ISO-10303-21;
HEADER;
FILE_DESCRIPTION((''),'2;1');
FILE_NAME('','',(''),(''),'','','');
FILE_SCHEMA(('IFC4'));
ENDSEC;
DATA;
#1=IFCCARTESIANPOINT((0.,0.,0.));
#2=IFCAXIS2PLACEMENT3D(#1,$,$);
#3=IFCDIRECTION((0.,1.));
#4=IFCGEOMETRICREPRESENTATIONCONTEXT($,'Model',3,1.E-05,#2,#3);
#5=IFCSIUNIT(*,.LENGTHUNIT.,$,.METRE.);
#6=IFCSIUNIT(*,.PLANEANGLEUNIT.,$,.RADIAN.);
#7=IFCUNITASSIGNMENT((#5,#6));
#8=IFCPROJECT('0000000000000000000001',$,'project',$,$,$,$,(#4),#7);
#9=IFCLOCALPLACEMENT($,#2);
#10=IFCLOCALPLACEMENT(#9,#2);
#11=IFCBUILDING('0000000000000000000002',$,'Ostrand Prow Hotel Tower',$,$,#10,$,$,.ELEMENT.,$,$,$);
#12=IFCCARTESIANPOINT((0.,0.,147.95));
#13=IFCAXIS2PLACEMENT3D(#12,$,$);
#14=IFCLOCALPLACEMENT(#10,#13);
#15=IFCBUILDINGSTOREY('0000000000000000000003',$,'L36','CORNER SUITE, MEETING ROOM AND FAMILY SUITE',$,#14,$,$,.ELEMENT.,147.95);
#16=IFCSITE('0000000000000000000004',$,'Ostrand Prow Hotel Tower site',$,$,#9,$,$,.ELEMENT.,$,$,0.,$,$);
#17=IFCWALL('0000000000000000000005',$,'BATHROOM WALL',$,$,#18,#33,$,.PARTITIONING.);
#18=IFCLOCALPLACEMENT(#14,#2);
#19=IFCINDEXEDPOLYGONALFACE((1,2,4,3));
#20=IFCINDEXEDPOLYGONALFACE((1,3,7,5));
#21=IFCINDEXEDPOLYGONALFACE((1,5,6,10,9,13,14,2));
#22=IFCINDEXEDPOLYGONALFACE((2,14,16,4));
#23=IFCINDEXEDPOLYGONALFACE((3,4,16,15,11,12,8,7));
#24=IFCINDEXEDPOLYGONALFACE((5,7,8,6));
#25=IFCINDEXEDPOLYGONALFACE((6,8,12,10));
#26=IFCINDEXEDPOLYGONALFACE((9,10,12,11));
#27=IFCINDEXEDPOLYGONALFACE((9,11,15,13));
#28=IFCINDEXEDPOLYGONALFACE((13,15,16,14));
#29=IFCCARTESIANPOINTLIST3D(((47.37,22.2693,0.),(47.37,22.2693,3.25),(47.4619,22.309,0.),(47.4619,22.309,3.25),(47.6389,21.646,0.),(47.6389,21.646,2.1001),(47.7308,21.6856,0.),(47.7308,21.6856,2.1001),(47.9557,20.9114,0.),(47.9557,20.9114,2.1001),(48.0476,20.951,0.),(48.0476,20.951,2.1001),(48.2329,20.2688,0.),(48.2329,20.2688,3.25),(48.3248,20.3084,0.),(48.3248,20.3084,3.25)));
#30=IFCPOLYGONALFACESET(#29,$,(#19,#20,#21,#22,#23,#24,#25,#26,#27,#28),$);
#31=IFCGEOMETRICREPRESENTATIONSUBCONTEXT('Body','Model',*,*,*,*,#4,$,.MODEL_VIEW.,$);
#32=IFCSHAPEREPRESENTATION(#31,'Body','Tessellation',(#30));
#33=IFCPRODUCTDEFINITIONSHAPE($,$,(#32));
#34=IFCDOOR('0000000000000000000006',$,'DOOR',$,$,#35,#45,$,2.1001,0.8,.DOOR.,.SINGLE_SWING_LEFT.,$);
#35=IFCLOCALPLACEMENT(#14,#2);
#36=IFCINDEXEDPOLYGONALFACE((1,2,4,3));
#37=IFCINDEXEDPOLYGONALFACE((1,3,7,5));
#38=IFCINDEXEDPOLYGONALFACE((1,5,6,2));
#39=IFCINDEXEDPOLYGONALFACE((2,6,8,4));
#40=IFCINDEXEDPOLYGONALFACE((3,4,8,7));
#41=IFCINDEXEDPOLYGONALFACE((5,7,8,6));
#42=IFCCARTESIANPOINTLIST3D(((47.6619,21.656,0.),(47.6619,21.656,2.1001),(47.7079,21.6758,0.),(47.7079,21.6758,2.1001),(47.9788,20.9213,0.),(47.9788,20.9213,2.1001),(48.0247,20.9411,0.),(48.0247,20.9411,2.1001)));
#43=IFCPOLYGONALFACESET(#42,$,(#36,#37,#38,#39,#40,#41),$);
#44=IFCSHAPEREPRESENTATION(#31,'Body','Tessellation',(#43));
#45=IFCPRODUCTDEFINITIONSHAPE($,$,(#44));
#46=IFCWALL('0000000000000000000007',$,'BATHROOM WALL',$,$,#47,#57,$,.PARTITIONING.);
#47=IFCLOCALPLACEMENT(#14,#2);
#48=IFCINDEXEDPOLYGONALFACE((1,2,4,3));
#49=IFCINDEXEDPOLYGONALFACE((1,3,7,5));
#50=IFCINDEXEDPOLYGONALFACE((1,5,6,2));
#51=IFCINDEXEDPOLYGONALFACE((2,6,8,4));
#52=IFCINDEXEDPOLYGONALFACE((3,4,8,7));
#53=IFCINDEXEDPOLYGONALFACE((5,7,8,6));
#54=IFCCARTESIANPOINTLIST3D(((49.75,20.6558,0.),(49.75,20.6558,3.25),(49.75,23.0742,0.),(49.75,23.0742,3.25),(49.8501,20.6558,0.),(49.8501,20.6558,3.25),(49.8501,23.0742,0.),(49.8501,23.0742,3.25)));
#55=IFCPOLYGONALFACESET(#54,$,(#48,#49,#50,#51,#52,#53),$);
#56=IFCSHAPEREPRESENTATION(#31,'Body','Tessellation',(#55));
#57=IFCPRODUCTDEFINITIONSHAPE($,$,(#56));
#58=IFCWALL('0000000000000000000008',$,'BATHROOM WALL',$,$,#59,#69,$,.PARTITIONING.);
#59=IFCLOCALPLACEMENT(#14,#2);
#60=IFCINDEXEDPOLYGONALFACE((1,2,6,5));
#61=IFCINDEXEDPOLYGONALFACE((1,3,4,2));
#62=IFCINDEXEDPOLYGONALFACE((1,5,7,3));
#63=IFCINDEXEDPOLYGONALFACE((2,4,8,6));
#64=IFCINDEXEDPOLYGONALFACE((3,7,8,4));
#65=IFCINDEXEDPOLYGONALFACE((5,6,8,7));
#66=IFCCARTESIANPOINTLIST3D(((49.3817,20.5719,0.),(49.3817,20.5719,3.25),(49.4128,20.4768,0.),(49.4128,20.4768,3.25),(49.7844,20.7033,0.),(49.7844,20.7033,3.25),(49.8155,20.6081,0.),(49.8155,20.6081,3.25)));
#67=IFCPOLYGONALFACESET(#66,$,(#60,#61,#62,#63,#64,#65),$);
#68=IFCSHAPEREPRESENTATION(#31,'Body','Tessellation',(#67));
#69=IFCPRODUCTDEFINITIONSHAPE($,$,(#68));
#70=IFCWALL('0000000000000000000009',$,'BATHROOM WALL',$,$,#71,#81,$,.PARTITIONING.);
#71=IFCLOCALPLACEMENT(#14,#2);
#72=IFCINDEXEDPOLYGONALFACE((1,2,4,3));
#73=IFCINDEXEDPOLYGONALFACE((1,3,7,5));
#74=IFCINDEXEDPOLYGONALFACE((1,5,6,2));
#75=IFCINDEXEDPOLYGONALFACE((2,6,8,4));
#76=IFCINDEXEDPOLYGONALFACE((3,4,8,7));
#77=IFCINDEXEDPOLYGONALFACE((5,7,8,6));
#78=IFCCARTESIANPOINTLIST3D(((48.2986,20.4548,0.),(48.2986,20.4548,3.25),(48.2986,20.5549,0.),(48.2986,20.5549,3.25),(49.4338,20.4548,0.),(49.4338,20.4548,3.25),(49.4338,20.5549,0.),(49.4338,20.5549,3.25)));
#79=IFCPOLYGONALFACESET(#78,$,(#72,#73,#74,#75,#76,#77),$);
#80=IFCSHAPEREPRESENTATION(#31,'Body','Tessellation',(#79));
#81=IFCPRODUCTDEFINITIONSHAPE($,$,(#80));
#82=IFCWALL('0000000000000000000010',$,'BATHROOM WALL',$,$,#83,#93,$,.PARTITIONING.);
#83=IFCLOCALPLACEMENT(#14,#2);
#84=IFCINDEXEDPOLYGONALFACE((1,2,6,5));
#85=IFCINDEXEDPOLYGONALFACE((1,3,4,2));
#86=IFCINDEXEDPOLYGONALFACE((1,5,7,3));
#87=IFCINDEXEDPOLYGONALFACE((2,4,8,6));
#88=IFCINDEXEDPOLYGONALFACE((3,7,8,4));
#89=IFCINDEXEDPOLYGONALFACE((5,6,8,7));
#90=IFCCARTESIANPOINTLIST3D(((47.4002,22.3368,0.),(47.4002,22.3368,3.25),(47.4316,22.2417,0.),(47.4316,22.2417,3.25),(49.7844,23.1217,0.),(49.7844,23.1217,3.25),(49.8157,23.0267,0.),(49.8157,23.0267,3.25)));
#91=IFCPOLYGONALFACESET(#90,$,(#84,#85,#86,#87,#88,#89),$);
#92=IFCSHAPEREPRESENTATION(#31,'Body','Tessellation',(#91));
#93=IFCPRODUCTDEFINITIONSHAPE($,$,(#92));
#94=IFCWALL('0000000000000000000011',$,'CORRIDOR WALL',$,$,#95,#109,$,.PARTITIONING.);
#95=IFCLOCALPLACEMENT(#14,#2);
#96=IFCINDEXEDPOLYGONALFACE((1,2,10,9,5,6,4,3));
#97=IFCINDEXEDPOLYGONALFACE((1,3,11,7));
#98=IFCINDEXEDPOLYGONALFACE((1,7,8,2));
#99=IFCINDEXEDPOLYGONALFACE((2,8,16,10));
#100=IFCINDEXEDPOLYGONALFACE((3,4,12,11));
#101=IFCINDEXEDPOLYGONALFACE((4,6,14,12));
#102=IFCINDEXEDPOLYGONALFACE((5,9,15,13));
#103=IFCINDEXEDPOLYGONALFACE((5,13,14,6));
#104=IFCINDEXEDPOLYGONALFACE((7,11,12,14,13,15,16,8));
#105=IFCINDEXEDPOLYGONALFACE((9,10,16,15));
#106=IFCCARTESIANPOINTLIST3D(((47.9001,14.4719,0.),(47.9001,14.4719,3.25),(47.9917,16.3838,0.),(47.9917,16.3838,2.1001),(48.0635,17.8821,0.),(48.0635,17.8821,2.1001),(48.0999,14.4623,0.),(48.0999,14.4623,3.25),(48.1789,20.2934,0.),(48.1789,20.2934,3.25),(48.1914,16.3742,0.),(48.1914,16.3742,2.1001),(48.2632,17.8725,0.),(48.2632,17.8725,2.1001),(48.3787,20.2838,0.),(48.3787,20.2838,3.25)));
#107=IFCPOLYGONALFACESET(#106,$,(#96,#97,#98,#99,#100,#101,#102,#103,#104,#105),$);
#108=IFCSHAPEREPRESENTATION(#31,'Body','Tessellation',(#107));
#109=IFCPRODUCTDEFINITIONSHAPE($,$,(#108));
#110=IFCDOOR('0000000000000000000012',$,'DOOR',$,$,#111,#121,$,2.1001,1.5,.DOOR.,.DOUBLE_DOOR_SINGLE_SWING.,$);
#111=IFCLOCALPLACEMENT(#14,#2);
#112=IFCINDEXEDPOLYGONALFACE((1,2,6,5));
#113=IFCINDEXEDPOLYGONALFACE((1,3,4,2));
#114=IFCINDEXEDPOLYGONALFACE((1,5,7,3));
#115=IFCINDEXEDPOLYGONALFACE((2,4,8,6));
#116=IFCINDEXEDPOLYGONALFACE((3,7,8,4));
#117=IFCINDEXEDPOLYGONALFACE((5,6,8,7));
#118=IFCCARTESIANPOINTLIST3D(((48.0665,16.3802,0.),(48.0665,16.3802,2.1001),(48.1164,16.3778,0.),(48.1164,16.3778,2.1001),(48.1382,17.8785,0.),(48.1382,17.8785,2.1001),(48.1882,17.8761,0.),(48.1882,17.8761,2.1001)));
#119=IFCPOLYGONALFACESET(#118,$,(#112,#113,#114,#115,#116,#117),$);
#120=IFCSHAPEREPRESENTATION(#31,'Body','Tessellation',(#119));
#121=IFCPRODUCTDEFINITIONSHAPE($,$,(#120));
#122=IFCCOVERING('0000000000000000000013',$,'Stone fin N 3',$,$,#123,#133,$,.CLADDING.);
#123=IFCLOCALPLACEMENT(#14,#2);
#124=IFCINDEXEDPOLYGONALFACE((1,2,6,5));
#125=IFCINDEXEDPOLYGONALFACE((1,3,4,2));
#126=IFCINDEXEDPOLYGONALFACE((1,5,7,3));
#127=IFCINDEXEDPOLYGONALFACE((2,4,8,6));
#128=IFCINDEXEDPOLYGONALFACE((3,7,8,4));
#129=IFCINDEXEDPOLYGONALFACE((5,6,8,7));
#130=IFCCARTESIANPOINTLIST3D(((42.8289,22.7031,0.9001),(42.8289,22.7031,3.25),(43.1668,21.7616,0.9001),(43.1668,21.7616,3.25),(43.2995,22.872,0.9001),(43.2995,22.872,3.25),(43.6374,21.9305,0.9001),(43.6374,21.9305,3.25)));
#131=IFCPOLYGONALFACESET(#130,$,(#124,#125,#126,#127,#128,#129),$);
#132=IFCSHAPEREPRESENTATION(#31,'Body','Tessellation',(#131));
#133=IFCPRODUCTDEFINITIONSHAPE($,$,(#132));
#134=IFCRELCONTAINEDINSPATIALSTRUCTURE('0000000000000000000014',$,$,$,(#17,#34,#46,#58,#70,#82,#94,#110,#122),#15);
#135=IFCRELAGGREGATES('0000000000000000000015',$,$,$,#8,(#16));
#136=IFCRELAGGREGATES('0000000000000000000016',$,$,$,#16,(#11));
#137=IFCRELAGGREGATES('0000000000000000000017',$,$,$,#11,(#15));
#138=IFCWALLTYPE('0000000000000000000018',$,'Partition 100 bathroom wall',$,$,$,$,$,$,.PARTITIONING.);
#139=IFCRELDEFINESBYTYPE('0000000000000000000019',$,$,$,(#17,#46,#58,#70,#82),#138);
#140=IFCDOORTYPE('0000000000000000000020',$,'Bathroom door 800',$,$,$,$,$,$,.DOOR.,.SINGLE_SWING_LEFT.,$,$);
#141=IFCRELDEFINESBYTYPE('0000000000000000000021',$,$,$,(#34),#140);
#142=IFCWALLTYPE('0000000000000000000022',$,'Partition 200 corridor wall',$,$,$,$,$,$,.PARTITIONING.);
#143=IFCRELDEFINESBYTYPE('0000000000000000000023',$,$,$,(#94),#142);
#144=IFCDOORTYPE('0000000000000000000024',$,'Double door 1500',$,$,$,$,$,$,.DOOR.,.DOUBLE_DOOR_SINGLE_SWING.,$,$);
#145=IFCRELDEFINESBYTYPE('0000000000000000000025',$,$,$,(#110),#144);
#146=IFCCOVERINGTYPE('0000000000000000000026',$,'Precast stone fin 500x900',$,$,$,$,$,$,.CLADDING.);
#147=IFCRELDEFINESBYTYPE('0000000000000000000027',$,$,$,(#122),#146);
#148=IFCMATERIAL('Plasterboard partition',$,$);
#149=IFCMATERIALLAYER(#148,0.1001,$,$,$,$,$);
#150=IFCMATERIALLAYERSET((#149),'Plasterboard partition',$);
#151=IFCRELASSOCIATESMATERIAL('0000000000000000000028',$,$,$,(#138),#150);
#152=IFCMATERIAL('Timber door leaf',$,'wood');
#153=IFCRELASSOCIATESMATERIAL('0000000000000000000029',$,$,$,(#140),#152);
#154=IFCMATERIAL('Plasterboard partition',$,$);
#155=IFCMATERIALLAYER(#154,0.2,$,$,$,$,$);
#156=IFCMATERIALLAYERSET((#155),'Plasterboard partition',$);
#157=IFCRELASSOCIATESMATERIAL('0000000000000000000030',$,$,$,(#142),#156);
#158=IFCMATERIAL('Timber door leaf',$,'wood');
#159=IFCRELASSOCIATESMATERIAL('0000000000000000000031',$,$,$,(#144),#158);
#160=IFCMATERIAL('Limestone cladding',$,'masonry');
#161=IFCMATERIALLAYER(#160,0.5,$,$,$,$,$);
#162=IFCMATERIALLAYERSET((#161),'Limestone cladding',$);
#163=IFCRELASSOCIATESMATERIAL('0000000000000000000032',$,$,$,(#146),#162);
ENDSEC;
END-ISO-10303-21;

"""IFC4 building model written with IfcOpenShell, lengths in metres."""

from ifc_helpers import new_model, si_unit, direction, frame, frame_2d, origin, place, context, subcontext, project, spatial, rectangle, extrude, material, layer, layer_set, type_object, element, fill, save


model = new_model("IFC4")

# Units and contexts
model_context = context("Model", 3, precision=1e-05, world=origin(), true_north=direction((0.0, 1.0)))
body_context = subcontext(model_context, "Body", "Model", "MODEL_VIEW")
ifc_project = project(units=[si_unit("LENGTHUNIT", "METRE"), si_unit("PLANEANGLEUNIT", "RADIAN")], contexts=[model_context])

# Site, building, storey
site_placement = place(None, origin())
site = spatial("IfcSite", under=ifc_project, at=site_placement, Name="Ostrand Prow Hotel Tower site", CompositionType="ELEMENT", RefElevation=0.0)
building_placement = place(site_placement, origin())
building = spatial("IfcBuilding", under=site, at=building_placement, Name="Ostrand Prow Hotel Tower", CompositionType="ELEMENT")
storey_placement = place(building_placement, frame((0.0, 0.0, 147.95)))
storey = spatial("IfcBuildingStorey", under=building, at=storey_placement, Name="L36", Description="CORNER SUITE, MEETING ROOM AND FAMILY SUITE", CompositionType="ELEMENT", Elevation=147.95)

# Wall, opening, door
ifc_material_1 = material(Name="Plasterboard partition")
ifc_layer_1 = layer(ifc_material_1, 0.1001)
ifc_layer_set_1 = layer_set([ifc_layer_1], Name="Plasterboard partition")
wall_type_1 = type_object("IfcWallType", Name="Partition 100 bathroom wall", PredefinedType="PARTITIONING", material=ifc_layer_set_1)
wall_1_placement = place(storey_placement, frame((48.2788, 20.2886, 0.0), z_axis=(0.0, 0.0, 1.0), x_axis=(-0.396028, 0.918238, 0.0)))
wall_1 = element("IfcWall", 1, at=wall_1_placement, inside=storey, type_object=wall_type_1, Name="BATHROOM WALL", PredefinedType="PARTITIONING", context=body_context, shape_type="SweptSolid", body=[
    extrude(rectangle(XDim=2.1787, YDim=0.1001, at=frame_2d((1.0894, 0.0))), origin(), (0.0, 0.0, 1.0), 3.25),
])
opening_1_placement = place(wall_1_placement, frame((0.7, 0.0, 0.0)))
opening_1 = element("IfcOpeningElement", 2, at=opening_1_placement, cuts=wall_1, PredefinedType="OPENING", context=body_context, shape_type="SweptSolid", body=[
    extrude(rectangle(XDim=0.8, YDim=2.1001, at=frame_2d((0.3999, 1.05))), frame((0.0, 0.0601, 0.0), z_axis=(0.0, -1.0, 0.0), x_axis=(1.0, 0.0, 0.0)), (0.0, 0.0, 1.0), 0.1201),
])
ifc_material_2 = material(Name="Timber door leaf", Category="wood")
door_type_1 = type_object("IfcDoorType", Name="Bathroom door 800", OperationType="SINGLE_SWING_LEFT", PredefinedType="DOOR", material=ifc_material_2)
door_1_placement = place(opening_1_placement, origin())
door_1 = element("IfcDoor", 3, at=door_1_placement, inside=storey, type_object=door_type_1, Name="DOOR", OperationType="SINGLE_SWING_LEFT", OverallHeight=2.1001, OverallWidth=0.8, PredefinedType="DOOR", context=body_context, shape_type="SweptSolid", body=[
    extrude(rectangle(XDim=0.8, YDim=2.1001, at=frame_2d((0.3999, 1.05))), frame((0.0, 0.0249, 0.0), z_axis=(0.0, -1.0, 0.0), x_axis=(1.0, 0.0, 0.0)), (0.0, 0.0, 1.0), 0.05),
])
fill(opening_1, door_1)

# Walls
wall_2_placement = place(storey_placement, frame((49.8, 23.0742, 0.0), z_axis=(0.0, 0.0, 1.0), x_axis=(0.0, -1.0, 0.0)))
element("IfcWall", 4, at=wall_2_placement, inside=storey, type_object=wall_type_1, Name="BATHROOM WALL", PredefinedType="PARTITIONING", context=body_context, shape_type="SweptSolid", body=[
    extrude(rectangle(XDim=2.4185, YDim=0.1001, at=frame_2d((1.2092, 0.0))), origin(), (0.0, 0.0, 1.0), 3.25),
])
wall_3_placement = place(storey_placement, frame((49.8, 20.6558, 0.0), z_axis=(0.0, 0.0, 1.0), x_axis=(-0.950682, -0.310168, 0.0)))
element("IfcWall", 5, at=wall_3_placement, inside=storey, type_object=wall_type_1, Name="BATHROOM WALL", PredefinedType="PARTITIONING", context=body_context, shape_type="SweptSolid", body=[
    extrude(rectangle(XDim=0.4236, YDim=0.1001, at=frame_2d((0.2119, 0.0))), origin(), (0.0, 0.0, 1.0), 3.25),
])
wall_4_placement = place(storey_placement, frame((49.4338, 20.5049, 0.0), z_axis=(0.0, 0.0, 1.0), x_axis=(-1.0, 0.0, 0.0)))
element("IfcWall", 6, at=wall_4_placement, inside=storey, type_object=wall_type_1, Name="BATHROOM WALL", PredefinedType="PARTITIONING", context=body_context, shape_type="SweptSolid", body=[
    extrude(rectangle(XDim=1.1353, YDim=0.1001, at=frame_2d((0.5676, 0.0))), origin(), (0.0, 0.0, 1.0), 3.25),
])
wall_5_placement = place(storey_placement, frame((47.416, 22.2893, 0.0), z_axis=(0.0, 0.0, 1.0), x_axis=(0.949844, 0.312724, 0.0)))
element("IfcWall", 7, at=wall_5_placement, inside=storey, type_object=wall_type_1, Name="BATHROOM WALL", PredefinedType="PARTITIONING", context=body_context, shape_type="SweptSolid", body=[
    extrude(rectangle(XDim=2.51, YDim=0.1001, at=frame_2d((1.2549, 0.0))), origin(), (0.0, 0.0, 1.0), 3.25),
])

# Wall, opening, door
ifc_material_3 = material(Name="Plasterboard partition")
ifc_layer_2 = layer(ifc_material_3, 0.2)
ifc_layer_set_2 = layer_set([ifc_layer_2], Name="Plasterboard partition")
wall_type_2 = type_object("IfcWallType", Name="Partition 200 corridor wall", PredefinedType="PARTITIONING", material=ifc_layer_set_2)
wall_6_placement = place(storey_placement, frame((48.2788, 20.2886, 0.0), z_axis=(0.0, 0.0, 1.0), x_axis=(-0.047838, -0.998855, 0.0)))
wall_6 = element("IfcWall", 8, at=wall_6_placement, inside=storey, type_object=wall_type_2, Name="CORRIDOR WALL", PredefinedType="PARTITIONING", context=body_context, shape_type="SweptSolid", body=[
    extrude(rectangle(XDim=5.8281, YDim=0.2, at=frame_2d((2.9141, 0.0))), origin(), (0.0, 0.0, 1.0), 3.25),
])
opening_2_placement = place(wall_6_placement, frame((2.4141, 0.0, 0.0)))
opening_2 = element("IfcOpeningElement", 9, at=opening_2_placement, cuts=wall_6, PredefinedType="OPENING", context=body_context, shape_type="SweptSolid", body=[
    extrude(rectangle(XDim=1.5, YDim=2.1001, at=frame_2d((0.75, 1.05))), frame((0.0, 0.1099, 0.0), z_axis=(0.0, -1.0, 0.0), x_axis=(1.0, 0.0, 0.0)), (0.0, 0.0, 1.0), 0.22),
])
ifc_material_4 = material(Name="Timber door leaf", Category="wood")
door_type_2 = type_object("IfcDoorType", Name="Double door 1500", OperationType="DOUBLE_DOOR_SINGLE_SWING", PredefinedType="DOOR", material=ifc_material_4)
door_2_placement = place(opening_2_placement, origin())
door_2 = element("IfcDoor", 10, at=door_2_placement, inside=storey, type_object=door_type_2, Name="DOOR", OperationType="DOUBLE_DOOR_SINGLE_SWING", OverallHeight=2.1001, OverallWidth=1.5, PredefinedType="DOOR", context=body_context, shape_type="SweptSolid", body=[
    extrude(rectangle(XDim=1.5, YDim=2.1001, at=frame_2d((0.75, 1.05))), frame((0.0, 0.0249, 0.0), z_axis=(0.0, -1.0, 0.0), x_axis=(1.0, 0.0, 0.0)), (0.0, 0.0, 1.0), 0.05),
])
fill(opening_2, door_2)

# Covering
ifc_material_5 = material(Name="Limestone cladding", Category="masonry")
ifc_layer_3 = layer(ifc_material_5, 0.5)
ifc_layer_set_3 = layer_set([ifc_layer_3], Name="Limestone cladding")
covering_type = type_object("IfcCoveringType", Name="Precast stone fin 500x900", PredefinedType="CLADDING", material=ifc_layer_set_3)
covering_placement = place(storey_placement, frame((43.4021, 21.8462, 0.9001), z_axis=(0.0, 0.0, 1.0), x_axis=(-0.33782, 0.941211, 0.0)))
element("IfcCovering", 11, at=covering_placement, inside=storey, type_object=covering_type, Name="Stone fin N 3", PredefinedType="CLADDING", context=body_context, shape_type="SweptSolid", body=[
    extrude(rectangle(XDim=1.0002, YDim=0.5, at=frame_2d((0.5, 0.0))), origin(), (0.0, 0.0, 1.0), 2.3499),
])

save(model, "model.ifc")
